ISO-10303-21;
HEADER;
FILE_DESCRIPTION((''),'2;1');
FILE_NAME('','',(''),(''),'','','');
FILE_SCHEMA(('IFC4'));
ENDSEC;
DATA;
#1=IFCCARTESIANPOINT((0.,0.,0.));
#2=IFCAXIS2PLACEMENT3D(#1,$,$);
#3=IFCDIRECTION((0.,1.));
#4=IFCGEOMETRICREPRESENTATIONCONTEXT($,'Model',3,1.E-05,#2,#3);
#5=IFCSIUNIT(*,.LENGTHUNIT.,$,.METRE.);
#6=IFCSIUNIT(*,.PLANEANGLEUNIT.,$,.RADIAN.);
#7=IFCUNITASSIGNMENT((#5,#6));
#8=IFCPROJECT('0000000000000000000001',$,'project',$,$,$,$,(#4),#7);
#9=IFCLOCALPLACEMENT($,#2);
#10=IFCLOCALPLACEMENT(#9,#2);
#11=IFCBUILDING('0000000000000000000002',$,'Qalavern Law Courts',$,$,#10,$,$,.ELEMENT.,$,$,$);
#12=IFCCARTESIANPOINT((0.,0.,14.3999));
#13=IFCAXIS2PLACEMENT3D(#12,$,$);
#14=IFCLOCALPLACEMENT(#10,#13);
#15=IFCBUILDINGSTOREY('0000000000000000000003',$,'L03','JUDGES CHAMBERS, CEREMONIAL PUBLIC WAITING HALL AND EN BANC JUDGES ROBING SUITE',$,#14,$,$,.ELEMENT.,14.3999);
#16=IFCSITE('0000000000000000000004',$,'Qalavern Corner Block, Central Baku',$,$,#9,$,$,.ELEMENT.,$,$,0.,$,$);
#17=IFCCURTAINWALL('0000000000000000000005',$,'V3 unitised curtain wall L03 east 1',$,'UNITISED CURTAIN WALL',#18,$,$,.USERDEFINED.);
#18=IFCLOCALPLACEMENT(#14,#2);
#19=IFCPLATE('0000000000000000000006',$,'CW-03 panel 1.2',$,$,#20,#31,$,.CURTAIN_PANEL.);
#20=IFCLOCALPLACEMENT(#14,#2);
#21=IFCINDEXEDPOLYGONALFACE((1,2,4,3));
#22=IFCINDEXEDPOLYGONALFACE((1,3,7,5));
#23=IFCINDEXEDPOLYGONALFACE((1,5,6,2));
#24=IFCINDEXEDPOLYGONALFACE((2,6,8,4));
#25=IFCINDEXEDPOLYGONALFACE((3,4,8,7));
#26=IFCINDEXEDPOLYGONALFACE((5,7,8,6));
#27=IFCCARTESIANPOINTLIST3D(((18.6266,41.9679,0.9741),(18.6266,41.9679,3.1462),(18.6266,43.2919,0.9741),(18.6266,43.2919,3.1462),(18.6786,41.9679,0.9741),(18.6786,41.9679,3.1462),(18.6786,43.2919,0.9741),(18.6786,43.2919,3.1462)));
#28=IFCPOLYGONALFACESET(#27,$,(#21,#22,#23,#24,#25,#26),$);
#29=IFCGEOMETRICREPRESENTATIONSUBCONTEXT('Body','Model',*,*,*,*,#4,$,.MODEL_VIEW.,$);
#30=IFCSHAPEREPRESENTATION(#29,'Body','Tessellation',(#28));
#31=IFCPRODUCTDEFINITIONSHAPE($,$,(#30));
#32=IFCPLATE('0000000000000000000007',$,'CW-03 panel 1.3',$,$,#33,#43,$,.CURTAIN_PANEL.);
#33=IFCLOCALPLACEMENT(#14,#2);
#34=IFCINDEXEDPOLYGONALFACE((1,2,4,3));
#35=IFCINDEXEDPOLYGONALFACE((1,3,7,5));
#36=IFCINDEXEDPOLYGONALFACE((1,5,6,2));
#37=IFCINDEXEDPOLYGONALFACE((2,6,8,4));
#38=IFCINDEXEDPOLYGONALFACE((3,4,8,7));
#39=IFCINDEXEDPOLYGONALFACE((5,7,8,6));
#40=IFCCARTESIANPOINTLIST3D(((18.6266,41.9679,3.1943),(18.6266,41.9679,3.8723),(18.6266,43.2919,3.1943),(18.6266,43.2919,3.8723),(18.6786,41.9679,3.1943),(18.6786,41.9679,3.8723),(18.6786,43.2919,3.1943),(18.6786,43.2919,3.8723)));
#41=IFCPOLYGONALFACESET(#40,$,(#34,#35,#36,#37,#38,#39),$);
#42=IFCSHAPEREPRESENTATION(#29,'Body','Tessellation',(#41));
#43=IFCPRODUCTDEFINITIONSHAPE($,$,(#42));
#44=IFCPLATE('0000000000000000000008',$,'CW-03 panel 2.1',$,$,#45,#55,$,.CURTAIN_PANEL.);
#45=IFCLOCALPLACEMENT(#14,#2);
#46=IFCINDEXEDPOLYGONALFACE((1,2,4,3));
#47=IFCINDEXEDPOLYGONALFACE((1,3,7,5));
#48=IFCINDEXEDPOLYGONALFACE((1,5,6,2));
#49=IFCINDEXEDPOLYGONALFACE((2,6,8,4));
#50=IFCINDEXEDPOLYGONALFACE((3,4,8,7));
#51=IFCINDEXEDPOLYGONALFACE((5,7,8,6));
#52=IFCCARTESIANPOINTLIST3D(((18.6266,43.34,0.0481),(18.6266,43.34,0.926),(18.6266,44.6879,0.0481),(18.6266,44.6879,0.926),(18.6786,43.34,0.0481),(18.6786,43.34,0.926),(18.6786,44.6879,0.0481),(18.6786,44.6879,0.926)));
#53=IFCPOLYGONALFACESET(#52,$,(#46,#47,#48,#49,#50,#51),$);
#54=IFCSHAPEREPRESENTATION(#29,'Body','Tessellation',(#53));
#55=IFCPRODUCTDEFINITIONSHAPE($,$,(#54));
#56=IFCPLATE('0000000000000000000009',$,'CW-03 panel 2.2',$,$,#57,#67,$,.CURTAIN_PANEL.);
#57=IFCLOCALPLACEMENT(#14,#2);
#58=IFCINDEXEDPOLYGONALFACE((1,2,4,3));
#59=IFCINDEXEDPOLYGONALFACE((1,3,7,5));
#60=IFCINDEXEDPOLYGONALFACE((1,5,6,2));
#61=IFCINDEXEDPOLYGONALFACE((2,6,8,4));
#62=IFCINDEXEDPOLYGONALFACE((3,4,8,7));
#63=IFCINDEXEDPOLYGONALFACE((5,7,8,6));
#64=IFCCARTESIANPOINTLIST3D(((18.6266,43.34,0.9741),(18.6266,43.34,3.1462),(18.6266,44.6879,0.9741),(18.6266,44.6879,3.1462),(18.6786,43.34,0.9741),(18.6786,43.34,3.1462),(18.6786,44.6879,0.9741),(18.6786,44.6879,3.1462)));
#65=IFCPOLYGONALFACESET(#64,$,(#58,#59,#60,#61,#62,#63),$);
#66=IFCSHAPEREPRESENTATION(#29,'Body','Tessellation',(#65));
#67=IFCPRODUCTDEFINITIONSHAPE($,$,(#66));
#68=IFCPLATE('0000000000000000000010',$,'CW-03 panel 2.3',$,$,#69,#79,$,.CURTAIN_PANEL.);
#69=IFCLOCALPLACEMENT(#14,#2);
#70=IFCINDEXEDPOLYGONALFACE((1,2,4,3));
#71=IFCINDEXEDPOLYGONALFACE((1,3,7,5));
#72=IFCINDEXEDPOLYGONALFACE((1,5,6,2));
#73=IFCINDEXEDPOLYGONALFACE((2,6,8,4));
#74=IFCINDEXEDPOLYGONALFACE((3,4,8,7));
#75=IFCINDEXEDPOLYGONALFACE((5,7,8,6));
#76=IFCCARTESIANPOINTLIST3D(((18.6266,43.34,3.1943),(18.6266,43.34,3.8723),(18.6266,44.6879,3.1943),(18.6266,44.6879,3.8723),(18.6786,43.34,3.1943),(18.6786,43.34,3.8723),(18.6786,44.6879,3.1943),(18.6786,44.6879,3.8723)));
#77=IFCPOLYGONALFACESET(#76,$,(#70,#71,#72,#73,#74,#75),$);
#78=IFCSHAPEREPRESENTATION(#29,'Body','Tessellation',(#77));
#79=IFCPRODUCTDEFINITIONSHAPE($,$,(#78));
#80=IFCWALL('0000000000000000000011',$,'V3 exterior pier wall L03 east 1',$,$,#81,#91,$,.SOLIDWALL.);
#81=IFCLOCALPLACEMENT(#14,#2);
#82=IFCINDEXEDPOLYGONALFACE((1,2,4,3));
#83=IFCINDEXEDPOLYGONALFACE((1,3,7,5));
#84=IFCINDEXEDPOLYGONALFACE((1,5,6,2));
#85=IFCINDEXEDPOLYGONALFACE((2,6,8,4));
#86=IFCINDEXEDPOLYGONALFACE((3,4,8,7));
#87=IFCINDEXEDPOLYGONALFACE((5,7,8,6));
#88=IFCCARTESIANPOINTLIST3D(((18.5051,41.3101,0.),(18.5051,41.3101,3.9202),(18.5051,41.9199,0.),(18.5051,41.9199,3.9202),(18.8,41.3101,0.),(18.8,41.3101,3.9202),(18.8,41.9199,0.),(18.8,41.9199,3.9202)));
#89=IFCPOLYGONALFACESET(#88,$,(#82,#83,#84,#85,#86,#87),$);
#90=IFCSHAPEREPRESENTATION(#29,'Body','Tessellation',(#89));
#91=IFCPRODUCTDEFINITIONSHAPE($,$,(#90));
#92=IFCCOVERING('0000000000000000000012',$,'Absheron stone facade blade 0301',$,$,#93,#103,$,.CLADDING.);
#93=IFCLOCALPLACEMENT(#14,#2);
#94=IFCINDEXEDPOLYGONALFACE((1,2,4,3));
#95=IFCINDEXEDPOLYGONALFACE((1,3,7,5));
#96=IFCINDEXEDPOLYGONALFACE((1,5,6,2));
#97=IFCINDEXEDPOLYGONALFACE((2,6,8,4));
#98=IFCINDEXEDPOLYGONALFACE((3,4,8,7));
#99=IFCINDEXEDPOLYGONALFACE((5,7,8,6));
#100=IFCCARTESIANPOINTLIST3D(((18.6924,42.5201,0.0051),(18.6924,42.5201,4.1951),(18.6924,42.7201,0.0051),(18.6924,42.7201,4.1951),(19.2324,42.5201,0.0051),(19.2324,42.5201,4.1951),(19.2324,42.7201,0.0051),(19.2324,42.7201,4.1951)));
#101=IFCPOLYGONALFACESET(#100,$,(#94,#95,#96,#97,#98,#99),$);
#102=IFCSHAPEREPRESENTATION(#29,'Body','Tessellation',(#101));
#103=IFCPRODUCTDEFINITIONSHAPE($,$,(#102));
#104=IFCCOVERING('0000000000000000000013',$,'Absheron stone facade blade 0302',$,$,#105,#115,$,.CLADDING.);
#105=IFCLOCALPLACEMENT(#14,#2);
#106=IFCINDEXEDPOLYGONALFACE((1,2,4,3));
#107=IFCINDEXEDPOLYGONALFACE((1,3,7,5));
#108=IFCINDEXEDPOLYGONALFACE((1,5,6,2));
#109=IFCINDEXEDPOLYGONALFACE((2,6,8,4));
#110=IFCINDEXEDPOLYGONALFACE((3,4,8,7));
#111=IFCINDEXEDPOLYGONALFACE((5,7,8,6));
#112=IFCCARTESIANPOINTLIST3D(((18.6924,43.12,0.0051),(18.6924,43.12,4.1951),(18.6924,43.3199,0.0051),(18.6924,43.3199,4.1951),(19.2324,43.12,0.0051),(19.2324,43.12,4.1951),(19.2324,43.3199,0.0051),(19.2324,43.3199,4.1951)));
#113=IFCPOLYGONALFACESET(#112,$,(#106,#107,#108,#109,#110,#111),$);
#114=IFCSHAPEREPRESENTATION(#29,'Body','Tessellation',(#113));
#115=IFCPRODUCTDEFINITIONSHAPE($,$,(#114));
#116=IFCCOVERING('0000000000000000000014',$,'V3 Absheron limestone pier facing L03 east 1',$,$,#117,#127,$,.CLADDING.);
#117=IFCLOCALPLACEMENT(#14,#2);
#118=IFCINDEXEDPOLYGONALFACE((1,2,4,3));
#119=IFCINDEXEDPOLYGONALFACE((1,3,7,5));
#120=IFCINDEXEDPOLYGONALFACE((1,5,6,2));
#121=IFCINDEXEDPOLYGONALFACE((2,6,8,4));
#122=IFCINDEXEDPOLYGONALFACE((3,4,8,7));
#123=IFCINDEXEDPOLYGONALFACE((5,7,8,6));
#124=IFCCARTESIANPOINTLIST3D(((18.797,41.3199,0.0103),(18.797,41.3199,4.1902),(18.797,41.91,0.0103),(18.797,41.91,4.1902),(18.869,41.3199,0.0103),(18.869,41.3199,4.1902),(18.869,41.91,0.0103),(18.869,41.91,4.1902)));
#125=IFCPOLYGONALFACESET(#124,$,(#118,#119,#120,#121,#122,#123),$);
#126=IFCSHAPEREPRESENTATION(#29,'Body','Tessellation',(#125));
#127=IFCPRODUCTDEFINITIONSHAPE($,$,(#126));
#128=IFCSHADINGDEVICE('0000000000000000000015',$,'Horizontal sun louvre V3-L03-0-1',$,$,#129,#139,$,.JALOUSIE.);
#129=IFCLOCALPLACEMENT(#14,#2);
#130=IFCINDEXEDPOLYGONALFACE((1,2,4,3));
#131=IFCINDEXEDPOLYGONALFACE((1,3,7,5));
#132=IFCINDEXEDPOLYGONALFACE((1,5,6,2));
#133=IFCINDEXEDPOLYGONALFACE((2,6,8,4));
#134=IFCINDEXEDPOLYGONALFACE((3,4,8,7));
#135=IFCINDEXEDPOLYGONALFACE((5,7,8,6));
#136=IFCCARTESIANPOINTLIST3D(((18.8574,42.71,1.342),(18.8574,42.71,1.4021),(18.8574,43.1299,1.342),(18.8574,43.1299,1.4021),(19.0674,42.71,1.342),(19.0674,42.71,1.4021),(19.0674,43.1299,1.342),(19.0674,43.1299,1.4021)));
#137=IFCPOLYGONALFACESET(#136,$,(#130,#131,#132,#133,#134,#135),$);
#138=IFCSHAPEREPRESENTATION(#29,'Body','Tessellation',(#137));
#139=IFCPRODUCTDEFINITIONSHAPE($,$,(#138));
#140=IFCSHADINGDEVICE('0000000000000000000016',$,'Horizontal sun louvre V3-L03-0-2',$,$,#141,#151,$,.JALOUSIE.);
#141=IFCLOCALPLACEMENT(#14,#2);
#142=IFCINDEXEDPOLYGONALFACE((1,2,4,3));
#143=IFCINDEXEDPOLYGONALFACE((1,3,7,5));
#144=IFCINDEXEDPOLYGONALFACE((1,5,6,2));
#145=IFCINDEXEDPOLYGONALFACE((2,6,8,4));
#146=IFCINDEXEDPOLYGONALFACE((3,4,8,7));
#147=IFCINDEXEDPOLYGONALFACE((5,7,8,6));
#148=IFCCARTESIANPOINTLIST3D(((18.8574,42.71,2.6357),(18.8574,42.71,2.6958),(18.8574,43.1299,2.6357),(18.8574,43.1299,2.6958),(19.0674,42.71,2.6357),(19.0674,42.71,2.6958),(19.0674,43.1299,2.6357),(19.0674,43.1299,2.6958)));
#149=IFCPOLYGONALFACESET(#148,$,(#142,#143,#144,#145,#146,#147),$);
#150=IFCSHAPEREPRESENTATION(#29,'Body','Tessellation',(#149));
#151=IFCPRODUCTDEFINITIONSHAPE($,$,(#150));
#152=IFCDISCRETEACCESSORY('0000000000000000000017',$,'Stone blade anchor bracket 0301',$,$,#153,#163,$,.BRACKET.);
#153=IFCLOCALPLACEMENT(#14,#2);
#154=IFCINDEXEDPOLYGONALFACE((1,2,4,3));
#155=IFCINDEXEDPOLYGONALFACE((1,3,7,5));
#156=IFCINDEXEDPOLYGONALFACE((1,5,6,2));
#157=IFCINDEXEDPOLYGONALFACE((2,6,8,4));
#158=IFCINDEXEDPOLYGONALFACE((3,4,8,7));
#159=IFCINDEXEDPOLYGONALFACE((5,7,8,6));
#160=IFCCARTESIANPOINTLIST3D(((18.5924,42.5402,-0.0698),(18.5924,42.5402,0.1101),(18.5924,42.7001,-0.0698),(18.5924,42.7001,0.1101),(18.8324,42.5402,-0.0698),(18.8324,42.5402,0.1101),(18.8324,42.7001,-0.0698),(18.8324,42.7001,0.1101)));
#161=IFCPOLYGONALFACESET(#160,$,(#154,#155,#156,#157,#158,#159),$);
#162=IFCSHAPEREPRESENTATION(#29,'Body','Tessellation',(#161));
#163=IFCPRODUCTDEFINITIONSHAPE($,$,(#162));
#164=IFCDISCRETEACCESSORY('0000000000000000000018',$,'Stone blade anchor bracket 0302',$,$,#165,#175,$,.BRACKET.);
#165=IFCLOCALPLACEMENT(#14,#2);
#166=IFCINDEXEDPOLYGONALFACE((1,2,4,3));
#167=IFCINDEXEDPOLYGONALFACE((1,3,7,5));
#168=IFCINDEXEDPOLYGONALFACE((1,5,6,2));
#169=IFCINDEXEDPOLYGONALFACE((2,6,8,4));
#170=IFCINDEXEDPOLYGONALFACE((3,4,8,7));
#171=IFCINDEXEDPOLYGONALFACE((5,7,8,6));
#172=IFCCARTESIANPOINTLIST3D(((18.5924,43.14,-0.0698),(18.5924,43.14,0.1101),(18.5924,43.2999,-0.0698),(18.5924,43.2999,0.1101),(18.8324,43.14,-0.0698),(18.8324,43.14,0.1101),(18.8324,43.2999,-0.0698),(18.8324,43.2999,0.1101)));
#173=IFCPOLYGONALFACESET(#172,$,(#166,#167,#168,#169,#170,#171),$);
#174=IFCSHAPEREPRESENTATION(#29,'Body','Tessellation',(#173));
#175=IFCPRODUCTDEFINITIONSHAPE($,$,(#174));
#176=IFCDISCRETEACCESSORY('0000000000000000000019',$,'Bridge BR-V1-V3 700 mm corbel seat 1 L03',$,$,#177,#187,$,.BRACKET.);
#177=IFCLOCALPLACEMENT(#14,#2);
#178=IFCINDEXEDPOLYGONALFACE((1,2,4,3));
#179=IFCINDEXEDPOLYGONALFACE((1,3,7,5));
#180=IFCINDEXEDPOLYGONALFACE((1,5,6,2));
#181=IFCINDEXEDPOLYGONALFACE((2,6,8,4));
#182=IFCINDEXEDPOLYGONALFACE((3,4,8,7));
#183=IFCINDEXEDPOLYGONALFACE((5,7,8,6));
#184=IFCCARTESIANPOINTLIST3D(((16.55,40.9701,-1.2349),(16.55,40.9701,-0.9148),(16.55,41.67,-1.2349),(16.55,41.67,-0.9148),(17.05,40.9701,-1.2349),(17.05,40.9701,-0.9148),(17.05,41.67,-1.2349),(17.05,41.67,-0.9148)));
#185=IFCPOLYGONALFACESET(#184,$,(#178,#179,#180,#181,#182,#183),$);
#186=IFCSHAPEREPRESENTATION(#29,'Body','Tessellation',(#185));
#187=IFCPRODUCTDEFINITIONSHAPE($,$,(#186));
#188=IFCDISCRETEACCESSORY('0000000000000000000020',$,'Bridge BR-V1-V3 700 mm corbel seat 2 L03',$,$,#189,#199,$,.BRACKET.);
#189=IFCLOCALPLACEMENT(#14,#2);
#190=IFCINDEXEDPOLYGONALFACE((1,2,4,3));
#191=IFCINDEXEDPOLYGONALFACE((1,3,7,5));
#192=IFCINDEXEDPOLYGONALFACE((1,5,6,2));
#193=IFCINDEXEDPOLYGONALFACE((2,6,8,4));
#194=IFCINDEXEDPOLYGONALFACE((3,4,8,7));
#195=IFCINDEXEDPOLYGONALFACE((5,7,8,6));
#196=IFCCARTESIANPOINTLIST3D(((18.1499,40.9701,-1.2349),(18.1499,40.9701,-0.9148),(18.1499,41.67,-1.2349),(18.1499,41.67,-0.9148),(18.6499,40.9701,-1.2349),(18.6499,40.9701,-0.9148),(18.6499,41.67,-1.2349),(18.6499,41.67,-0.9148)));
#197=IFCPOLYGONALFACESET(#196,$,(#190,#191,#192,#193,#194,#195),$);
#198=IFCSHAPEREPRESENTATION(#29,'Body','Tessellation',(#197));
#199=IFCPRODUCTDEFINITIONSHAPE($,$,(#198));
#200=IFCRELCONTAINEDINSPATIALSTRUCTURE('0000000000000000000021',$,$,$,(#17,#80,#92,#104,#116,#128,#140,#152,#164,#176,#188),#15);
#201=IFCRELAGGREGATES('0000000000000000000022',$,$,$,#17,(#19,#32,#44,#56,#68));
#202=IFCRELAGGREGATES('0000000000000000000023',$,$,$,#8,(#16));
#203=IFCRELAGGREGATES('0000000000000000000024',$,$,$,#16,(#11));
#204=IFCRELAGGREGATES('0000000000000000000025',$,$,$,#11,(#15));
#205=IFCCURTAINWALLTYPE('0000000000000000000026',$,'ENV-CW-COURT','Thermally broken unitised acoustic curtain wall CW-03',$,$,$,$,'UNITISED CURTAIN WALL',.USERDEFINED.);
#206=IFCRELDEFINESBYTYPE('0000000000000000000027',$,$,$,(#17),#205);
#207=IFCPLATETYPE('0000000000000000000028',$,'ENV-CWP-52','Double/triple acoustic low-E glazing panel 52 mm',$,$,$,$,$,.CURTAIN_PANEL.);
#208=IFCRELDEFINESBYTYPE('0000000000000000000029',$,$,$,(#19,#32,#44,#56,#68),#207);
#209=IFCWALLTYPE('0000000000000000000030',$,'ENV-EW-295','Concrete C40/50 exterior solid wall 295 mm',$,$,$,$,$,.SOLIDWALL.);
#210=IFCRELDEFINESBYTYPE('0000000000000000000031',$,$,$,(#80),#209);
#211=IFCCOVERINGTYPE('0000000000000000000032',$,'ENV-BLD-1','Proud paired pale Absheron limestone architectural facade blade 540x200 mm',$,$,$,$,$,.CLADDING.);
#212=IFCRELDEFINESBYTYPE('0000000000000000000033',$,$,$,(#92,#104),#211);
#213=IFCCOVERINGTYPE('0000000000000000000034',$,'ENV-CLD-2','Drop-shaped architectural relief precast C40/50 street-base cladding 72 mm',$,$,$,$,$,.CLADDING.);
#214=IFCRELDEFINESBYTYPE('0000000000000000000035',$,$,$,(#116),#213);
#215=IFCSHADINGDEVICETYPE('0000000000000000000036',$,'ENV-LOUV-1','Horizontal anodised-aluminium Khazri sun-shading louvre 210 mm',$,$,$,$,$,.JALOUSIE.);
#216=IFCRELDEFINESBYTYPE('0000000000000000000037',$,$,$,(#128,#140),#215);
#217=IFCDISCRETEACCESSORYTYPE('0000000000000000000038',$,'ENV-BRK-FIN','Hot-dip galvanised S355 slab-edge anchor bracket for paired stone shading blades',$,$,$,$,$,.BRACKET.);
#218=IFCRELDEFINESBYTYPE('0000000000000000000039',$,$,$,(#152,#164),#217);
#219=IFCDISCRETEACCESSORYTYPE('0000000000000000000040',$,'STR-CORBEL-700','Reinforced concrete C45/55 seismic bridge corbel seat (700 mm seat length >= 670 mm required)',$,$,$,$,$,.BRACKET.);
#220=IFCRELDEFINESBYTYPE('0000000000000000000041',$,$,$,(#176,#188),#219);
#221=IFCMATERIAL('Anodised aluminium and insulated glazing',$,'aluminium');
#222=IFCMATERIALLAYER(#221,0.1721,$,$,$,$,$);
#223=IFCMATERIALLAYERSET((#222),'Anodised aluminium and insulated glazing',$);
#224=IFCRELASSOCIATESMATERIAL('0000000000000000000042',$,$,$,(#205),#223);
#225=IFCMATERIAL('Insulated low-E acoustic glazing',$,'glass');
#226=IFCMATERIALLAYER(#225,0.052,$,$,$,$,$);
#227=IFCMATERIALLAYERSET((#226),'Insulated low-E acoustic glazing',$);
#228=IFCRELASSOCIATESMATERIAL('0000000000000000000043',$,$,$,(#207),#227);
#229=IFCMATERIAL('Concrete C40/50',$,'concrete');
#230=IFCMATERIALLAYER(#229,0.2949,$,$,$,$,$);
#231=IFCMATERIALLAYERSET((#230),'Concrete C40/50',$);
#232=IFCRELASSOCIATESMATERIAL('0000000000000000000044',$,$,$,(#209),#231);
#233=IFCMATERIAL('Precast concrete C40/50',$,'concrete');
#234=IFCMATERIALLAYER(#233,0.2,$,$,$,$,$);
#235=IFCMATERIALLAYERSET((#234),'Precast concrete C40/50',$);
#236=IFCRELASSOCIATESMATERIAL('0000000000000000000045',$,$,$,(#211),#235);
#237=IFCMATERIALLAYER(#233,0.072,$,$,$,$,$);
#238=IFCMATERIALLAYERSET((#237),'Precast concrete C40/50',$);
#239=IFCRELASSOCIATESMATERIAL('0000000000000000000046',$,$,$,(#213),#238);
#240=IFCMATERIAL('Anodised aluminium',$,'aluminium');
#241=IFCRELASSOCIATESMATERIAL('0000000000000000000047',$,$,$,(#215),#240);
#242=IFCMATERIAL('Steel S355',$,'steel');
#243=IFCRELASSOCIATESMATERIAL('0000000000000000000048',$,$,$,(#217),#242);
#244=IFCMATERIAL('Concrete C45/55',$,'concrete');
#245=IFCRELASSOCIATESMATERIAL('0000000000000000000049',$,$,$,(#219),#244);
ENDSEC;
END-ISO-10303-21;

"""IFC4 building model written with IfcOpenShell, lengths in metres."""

from ifc_helpers import new_model, si_unit, direction, frame, frame_2d, origin, origin_2d, place, context, subcontext, project, spatial, rectangle, extrude, material, layer, layer_set, type_object, element, aggregate, save


model = new_model("IFC4")

# Units and contexts
model_context = context("Model", 3, precision=1e-05, world=origin(), true_north=direction((0.0, 1.0)))
body_context = subcontext(model_context, "Body", "Model", "MODEL_VIEW")
ifc_project = project(units=[si_unit("LENGTHUNIT", "METRE"), si_unit("PLANEANGLEUNIT", "RADIAN")], contexts=[model_context])

# Site, building, storey
site_placement = place(None, origin())
site = spatial("IfcSite", under=ifc_project, at=site_placement, Name="Qalavern Corner Block, Central Baku", CompositionType="ELEMENT", RefElevation=0.0)
building_placement = place(site_placement, origin())
building = spatial("IfcBuilding", under=site, at=building_placement, Name="Qalavern Law Courts", CompositionType="ELEMENT")
storey_placement = place(building_placement, frame((0.0, 0.0, 14.3999)))
storey = spatial("IfcBuildingStorey", under=building, at=storey_placement, Name="L03", Description="JUDGES CHAMBERS, CEREMONIAL PUBLIC WAITING HALL AND EN BANC JUDGES ROBING SUITE", CompositionType="ELEMENT", Elevation=14.3999)

# Shared definitions
ifc_material_1 = material(Name="Concrete C45/55", Category="concrete")

# Curtain wall
ifc_material_2 = material(Name="Anodised aluminium and insulated glazing", Category="aluminium")
ifc_layer_1 = layer(ifc_material_2, 0.1721)
ifc_layer_set_1 = layer_set([ifc_layer_1], Name="Anodised aluminium and insulated glazing")
curtain_wall_type_1 = type_object("IfcCurtainWallType", Name="ENV-CW-COURT", Description="Thermally broken unitised acoustic curtain wall CW-03", ElementType="UNITISED CURTAIN WALL", PredefinedType="USERDEFINED", material=ifc_layer_set_1)
curtain_wall_1_placement = place(storey_placement, origin())
curtain_wall_1 = element("IfcCurtainWall", 1, at=curtain_wall_1_placement, inside=storey, type_object=curtain_wall_type_1, Name="V3 unitised curtain wall L03 east 1", ObjectType="UNITISED CURTAIN WALL", PredefinedType="USERDEFINED")
ifc_material_3 = material(Name="Anodised aluminium", Category="aluminium")

# Shared definitions
ifc_material_4 = material(Name="Steel S355", Category="steel")

# Plates
ifc_material_5 = material(Name="Insulated low-E acoustic glazing", Category="glass")
ifc_layer_2 = layer(ifc_material_5, 0.052)
ifc_layer_set_2 = layer_set([ifc_layer_2], Name="Insulated low-E acoustic glazing")
plate_type = type_object("IfcPlateType", Name="ENV-CWP-52", Description="Double/triple acoustic low-E glazing panel 52 mm", PredefinedType="CURTAIN_PANEL", material=ifc_layer_set_2)
plate_1_placement = place(storey_placement, frame((18.6526, 42.6299, 0.9741), z_axis=(0.0, 0.0, 1.0), x_axis=(0.0, 1.0, 0.0)))
plate_1 = element("IfcPlate", 2, at=plate_1_placement, type_object=plate_type, Name="CW-03 panel 1.2", PredefinedType="CURTAIN_PANEL", context=body_context, shape_type="SweptSolid", body=[
    extrude(rectangle(XDim=1.324, YDim=0.052, at=origin_2d()), origin(), (0.0, 0.0, 1.0), 2.1721),
])
plate_2_placement = place(storey_placement, frame((18.6526, 42.6299, 3.1943), z_axis=(0.0, 0.0, 1.0), x_axis=(0.0, 1.0, 0.0)))
plate_2 = element("IfcPlate", 3, at=plate_2_placement, type_object=plate_type, Name="CW-03 panel 1.3", PredefinedType="CURTAIN_PANEL", context=body_context, shape_type="SweptSolid", body=[
    extrude(rectangle(XDim=1.324, YDim=0.052, at=origin_2d()), origin(), (0.0, 0.0, 1.0), 0.678),
])
plate_3_placement = place(storey_placement, frame((18.6526, 44.0139, 0.0481), z_axis=(0.0, 0.0, 1.0), x_axis=(0.0, 1.0, 0.0)))
plate_3 = element("IfcPlate", 4, at=plate_3_placement, type_object=plate_type, Name="CW-03 panel 2.1", PredefinedType="CURTAIN_PANEL", context=body_context, shape_type="SweptSolid", body=[
    extrude(rectangle(XDim=1.3479, YDim=0.052, at=origin_2d()), origin(), (0.0, 0.0, 1.0), 0.8779),
])
plate_4_placement = place(storey_placement, frame((18.6526, 44.0139, 0.9741), z_axis=(0.0, 0.0, 1.0), x_axis=(0.0, 1.0, 0.0)))
plate_4 = element("IfcPlate", 5, at=plate_4_placement, type_object=plate_type, Name="CW-03 panel 2.2", PredefinedType="CURTAIN_PANEL", context=body_context, shape_type="SweptSolid", body=[
    extrude(rectangle(XDim=1.3479, YDim=0.052, at=origin_2d()), origin(), (0.0, 0.0, 1.0), 2.1721),
])
plate_5_placement = place(storey_placement, frame((18.6526, 44.0139, 3.1943), z_axis=(0.0, 0.0, 1.0), x_axis=(0.0, 1.0, 0.0)))
plate_5 = element("IfcPlate", 6, at=plate_5_placement, type_object=plate_type, Name="CW-03 panel 2.3", PredefinedType="CURTAIN_PANEL", context=body_context, shape_type="SweptSolid", body=[
    extrude(rectangle(XDim=1.3479, YDim=0.052, at=origin_2d()), origin(), (0.0, 0.0, 1.0), 0.678),
])
aggregate(curtain_wall_1, [plate_1, plate_2, plate_3, plate_4, plate_5])

# Wall
ifc_material_6 = material(Name="Concrete C40/50", Category="concrete")
ifc_layer_3 = layer(ifc_material_6, 0.2949)
ifc_layer_set_3 = layer_set([ifc_layer_3], Name="Concrete C40/50")
wall_type = type_object("IfcWallType", Name="ENV-EW-295", Description="Concrete C40/50 exterior solid wall 295 mm", PredefinedType="SOLIDWALL", material=ifc_layer_set_3)
wall_placement = place(storey_placement, frame((18.6526, 41.3101, 0.0), z_axis=(0.0, 0.0, 1.0), x_axis=(0.0, 1.0, 0.0)))
element("IfcWall", 7, at=wall_placement, inside=storey, type_object=wall_type, Name="V3 exterior pier wall L03 east 1", PredefinedType="SOLIDWALL", context=body_context, shape_type="SweptSolid", body=[
    extrude(rectangle(XDim=0.6099, YDim=0.2949, at=frame_2d((0.3049, 0.0))), origin(), (0.0, 0.0, 1.0), 3.9202),
])

# Coverings
ifc_material_7 = material(Name="Precast concrete C40/50", Category="concrete")
ifc_layer_4 = layer(ifc_material_7, 0.2)
ifc_layer_set_4 = layer_set([ifc_layer_4], Name="Precast concrete C40/50")
covering_type_1 = type_object("IfcCoveringType", Name="ENV-BLD-1", Description="Proud paired pale Absheron limestone architectural facade blade 540x200 mm", PredefinedType="CLADDING", material=ifc_layer_set_4)
for number, where, z_axis, x_axis, name in (
    (8, (18.9624, 42.6201, 0.0051), (0.0, 0.0, 1.0), (1.0, 0.0, 0.0), "Absheron stone facade blade 0301"),
    (9, (18.9624, 43.22, 0.0051), (0.0, 0.0, 1.0), (1.0, 0.0, 0.0), "Absheron stone facade blade 0302"),
):
    element("IfcCovering", number, at=place(storey_placement, frame(where, z_axis=z_axis, x_axis=x_axis)), inside=storey, type_object=covering_type_1, Name=name, PredefinedType="CLADDING", context=body_context, shape_type="SweptSolid", body=[
        extrude(rectangle(XDim=0.54, YDim=0.2, at=origin_2d()), origin(), (0.0, 0.0, 1.0), 4.1899),
    ])
ifc_layer_5 = layer(ifc_material_7, 0.072)
ifc_layer_set_5 = layer_set([ifc_layer_5], Name="Precast concrete C40/50")
covering_type_2 = type_object("IfcCoveringType", Name="ENV-CLD-2", Description="Drop-shaped architectural relief precast C40/50 street-base cladding 72 mm", PredefinedType="CLADDING", material=ifc_layer_set_5)
covering_placement = place(storey_placement, frame((18.833, 41.615, 0.0103), z_axis=(0.0, 0.0, 1.0), x_axis=(0.0, 1.0, 0.0)))
element("IfcCovering", 10, at=covering_placement, inside=storey, type_object=covering_type_2, Name="V3 Absheron limestone pier facing L03 east 1", PredefinedType="CLADDING", context=body_context, shape_type="SweptSolid", body=[
    extrude(rectangle(XDim=0.5901, YDim=0.072, at=origin_2d()), origin(), (0.0, 0.0, 1.0), 4.1799),
])

# Shading devices
shading_device_type = type_object("IfcShadingDeviceType", Name="ENV-LOUV-1", Description="Horizontal anodised-aluminium Khazri sun-shading louvre 210 mm", PredefinedType="JALOUSIE", material=ifc_material_3)
for number, where, z_axis, x_axis, name in (
    (11, (18.9624, 42.9199, 1.342), (0.0, 0.0, 1.0), (0.0, 1.0, 0.0), "Horizontal sun louvre V3-L03-0-1"),
    (12, (18.9624, 42.9199, 2.6357), (0.0, 0.0, 1.0), (0.0, 1.0, 0.0), "Horizontal sun louvre V3-L03-0-2"),
):
    element("IfcShadingDevice", number, at=place(storey_placement, frame(where, z_axis=z_axis, x_axis=x_axis)), inside=storey, type_object=shading_device_type, Name=name, PredefinedType="JALOUSIE", context=body_context, shape_type="SweptSolid", body=[
        extrude(rectangle(XDim=0.4199, YDim=0.21, at=origin_2d()), origin(), (0.0, 0.0, 1.0), 0.0601),
    ])

# Discrete accessories
discrete_accessory_type_1 = type_object("IfcDiscreteAccessoryType", Name="ENV-BRK-FIN", Description="Hot-dip galvanised S355 slab-edge anchor bracket for paired stone shading blades", PredefinedType="BRACKET", material=ifc_material_4)
for number, where, z_axis, x_axis, name in (
    (13, (18.7124, 42.6201, -0.0698), (0.0, 0.0, 1.0), (1.0, 0.0, 0.0), "Stone blade anchor bracket 0301"),
    (14, (18.7124, 43.22, -0.0698), (0.0, 0.0, 1.0), (1.0, 0.0, 0.0), "Stone blade anchor bracket 0302"),
):
    element("IfcDiscreteAccessory", number, at=place(storey_placement, frame(where, z_axis=z_axis, x_axis=x_axis)), inside=storey, type_object=discrete_accessory_type_1, Name=name, PredefinedType="BRACKET", context=body_context, shape_type="SweptSolid", body=[
        extrude(rectangle(XDim=0.24, YDim=0.1599, at=origin_2d()), origin(), (0.0, 0.0, 1.0), 0.1799),
    ])
discrete_accessory_type_2 = type_object("IfcDiscreteAccessoryType", Name="STR-CORBEL-700", Description="Reinforced concrete C45/55 seismic bridge corbel seat (700 mm seat length >= 670 mm required)", PredefinedType="BRACKET", material=ifc_material_1)
for number, where, z_axis, x_axis, name in (
    (15, (16.8, 41.3201, -1.2349), (0.0, 0.0, 1.0), (1.0, 0.0, 0.0), "Bridge BR-V1-V3 700 mm corbel seat 1 L03"),
    (16, (18.3999, 41.3201, -1.2349), (0.0, 0.0, 1.0), (1.0, 0.0, 0.0), "Bridge BR-V1-V3 700 mm corbel seat 2 L03"),
):
    element("IfcDiscreteAccessory", number, at=place(storey_placement, frame(where, z_axis=z_axis, x_axis=x_axis)), inside=storey, type_object=discrete_accessory_type_2, Name=name, PredefinedType="BRACKET", context=body_context, shape_type="SweptSolid", body=[
        extrude(rectangle(XDim=0.5, YDim=0.7, at=origin_2d()), origin(), (0.0, 0.0, 1.0), 0.3201),
    ])

save(model, "model.ifc")
